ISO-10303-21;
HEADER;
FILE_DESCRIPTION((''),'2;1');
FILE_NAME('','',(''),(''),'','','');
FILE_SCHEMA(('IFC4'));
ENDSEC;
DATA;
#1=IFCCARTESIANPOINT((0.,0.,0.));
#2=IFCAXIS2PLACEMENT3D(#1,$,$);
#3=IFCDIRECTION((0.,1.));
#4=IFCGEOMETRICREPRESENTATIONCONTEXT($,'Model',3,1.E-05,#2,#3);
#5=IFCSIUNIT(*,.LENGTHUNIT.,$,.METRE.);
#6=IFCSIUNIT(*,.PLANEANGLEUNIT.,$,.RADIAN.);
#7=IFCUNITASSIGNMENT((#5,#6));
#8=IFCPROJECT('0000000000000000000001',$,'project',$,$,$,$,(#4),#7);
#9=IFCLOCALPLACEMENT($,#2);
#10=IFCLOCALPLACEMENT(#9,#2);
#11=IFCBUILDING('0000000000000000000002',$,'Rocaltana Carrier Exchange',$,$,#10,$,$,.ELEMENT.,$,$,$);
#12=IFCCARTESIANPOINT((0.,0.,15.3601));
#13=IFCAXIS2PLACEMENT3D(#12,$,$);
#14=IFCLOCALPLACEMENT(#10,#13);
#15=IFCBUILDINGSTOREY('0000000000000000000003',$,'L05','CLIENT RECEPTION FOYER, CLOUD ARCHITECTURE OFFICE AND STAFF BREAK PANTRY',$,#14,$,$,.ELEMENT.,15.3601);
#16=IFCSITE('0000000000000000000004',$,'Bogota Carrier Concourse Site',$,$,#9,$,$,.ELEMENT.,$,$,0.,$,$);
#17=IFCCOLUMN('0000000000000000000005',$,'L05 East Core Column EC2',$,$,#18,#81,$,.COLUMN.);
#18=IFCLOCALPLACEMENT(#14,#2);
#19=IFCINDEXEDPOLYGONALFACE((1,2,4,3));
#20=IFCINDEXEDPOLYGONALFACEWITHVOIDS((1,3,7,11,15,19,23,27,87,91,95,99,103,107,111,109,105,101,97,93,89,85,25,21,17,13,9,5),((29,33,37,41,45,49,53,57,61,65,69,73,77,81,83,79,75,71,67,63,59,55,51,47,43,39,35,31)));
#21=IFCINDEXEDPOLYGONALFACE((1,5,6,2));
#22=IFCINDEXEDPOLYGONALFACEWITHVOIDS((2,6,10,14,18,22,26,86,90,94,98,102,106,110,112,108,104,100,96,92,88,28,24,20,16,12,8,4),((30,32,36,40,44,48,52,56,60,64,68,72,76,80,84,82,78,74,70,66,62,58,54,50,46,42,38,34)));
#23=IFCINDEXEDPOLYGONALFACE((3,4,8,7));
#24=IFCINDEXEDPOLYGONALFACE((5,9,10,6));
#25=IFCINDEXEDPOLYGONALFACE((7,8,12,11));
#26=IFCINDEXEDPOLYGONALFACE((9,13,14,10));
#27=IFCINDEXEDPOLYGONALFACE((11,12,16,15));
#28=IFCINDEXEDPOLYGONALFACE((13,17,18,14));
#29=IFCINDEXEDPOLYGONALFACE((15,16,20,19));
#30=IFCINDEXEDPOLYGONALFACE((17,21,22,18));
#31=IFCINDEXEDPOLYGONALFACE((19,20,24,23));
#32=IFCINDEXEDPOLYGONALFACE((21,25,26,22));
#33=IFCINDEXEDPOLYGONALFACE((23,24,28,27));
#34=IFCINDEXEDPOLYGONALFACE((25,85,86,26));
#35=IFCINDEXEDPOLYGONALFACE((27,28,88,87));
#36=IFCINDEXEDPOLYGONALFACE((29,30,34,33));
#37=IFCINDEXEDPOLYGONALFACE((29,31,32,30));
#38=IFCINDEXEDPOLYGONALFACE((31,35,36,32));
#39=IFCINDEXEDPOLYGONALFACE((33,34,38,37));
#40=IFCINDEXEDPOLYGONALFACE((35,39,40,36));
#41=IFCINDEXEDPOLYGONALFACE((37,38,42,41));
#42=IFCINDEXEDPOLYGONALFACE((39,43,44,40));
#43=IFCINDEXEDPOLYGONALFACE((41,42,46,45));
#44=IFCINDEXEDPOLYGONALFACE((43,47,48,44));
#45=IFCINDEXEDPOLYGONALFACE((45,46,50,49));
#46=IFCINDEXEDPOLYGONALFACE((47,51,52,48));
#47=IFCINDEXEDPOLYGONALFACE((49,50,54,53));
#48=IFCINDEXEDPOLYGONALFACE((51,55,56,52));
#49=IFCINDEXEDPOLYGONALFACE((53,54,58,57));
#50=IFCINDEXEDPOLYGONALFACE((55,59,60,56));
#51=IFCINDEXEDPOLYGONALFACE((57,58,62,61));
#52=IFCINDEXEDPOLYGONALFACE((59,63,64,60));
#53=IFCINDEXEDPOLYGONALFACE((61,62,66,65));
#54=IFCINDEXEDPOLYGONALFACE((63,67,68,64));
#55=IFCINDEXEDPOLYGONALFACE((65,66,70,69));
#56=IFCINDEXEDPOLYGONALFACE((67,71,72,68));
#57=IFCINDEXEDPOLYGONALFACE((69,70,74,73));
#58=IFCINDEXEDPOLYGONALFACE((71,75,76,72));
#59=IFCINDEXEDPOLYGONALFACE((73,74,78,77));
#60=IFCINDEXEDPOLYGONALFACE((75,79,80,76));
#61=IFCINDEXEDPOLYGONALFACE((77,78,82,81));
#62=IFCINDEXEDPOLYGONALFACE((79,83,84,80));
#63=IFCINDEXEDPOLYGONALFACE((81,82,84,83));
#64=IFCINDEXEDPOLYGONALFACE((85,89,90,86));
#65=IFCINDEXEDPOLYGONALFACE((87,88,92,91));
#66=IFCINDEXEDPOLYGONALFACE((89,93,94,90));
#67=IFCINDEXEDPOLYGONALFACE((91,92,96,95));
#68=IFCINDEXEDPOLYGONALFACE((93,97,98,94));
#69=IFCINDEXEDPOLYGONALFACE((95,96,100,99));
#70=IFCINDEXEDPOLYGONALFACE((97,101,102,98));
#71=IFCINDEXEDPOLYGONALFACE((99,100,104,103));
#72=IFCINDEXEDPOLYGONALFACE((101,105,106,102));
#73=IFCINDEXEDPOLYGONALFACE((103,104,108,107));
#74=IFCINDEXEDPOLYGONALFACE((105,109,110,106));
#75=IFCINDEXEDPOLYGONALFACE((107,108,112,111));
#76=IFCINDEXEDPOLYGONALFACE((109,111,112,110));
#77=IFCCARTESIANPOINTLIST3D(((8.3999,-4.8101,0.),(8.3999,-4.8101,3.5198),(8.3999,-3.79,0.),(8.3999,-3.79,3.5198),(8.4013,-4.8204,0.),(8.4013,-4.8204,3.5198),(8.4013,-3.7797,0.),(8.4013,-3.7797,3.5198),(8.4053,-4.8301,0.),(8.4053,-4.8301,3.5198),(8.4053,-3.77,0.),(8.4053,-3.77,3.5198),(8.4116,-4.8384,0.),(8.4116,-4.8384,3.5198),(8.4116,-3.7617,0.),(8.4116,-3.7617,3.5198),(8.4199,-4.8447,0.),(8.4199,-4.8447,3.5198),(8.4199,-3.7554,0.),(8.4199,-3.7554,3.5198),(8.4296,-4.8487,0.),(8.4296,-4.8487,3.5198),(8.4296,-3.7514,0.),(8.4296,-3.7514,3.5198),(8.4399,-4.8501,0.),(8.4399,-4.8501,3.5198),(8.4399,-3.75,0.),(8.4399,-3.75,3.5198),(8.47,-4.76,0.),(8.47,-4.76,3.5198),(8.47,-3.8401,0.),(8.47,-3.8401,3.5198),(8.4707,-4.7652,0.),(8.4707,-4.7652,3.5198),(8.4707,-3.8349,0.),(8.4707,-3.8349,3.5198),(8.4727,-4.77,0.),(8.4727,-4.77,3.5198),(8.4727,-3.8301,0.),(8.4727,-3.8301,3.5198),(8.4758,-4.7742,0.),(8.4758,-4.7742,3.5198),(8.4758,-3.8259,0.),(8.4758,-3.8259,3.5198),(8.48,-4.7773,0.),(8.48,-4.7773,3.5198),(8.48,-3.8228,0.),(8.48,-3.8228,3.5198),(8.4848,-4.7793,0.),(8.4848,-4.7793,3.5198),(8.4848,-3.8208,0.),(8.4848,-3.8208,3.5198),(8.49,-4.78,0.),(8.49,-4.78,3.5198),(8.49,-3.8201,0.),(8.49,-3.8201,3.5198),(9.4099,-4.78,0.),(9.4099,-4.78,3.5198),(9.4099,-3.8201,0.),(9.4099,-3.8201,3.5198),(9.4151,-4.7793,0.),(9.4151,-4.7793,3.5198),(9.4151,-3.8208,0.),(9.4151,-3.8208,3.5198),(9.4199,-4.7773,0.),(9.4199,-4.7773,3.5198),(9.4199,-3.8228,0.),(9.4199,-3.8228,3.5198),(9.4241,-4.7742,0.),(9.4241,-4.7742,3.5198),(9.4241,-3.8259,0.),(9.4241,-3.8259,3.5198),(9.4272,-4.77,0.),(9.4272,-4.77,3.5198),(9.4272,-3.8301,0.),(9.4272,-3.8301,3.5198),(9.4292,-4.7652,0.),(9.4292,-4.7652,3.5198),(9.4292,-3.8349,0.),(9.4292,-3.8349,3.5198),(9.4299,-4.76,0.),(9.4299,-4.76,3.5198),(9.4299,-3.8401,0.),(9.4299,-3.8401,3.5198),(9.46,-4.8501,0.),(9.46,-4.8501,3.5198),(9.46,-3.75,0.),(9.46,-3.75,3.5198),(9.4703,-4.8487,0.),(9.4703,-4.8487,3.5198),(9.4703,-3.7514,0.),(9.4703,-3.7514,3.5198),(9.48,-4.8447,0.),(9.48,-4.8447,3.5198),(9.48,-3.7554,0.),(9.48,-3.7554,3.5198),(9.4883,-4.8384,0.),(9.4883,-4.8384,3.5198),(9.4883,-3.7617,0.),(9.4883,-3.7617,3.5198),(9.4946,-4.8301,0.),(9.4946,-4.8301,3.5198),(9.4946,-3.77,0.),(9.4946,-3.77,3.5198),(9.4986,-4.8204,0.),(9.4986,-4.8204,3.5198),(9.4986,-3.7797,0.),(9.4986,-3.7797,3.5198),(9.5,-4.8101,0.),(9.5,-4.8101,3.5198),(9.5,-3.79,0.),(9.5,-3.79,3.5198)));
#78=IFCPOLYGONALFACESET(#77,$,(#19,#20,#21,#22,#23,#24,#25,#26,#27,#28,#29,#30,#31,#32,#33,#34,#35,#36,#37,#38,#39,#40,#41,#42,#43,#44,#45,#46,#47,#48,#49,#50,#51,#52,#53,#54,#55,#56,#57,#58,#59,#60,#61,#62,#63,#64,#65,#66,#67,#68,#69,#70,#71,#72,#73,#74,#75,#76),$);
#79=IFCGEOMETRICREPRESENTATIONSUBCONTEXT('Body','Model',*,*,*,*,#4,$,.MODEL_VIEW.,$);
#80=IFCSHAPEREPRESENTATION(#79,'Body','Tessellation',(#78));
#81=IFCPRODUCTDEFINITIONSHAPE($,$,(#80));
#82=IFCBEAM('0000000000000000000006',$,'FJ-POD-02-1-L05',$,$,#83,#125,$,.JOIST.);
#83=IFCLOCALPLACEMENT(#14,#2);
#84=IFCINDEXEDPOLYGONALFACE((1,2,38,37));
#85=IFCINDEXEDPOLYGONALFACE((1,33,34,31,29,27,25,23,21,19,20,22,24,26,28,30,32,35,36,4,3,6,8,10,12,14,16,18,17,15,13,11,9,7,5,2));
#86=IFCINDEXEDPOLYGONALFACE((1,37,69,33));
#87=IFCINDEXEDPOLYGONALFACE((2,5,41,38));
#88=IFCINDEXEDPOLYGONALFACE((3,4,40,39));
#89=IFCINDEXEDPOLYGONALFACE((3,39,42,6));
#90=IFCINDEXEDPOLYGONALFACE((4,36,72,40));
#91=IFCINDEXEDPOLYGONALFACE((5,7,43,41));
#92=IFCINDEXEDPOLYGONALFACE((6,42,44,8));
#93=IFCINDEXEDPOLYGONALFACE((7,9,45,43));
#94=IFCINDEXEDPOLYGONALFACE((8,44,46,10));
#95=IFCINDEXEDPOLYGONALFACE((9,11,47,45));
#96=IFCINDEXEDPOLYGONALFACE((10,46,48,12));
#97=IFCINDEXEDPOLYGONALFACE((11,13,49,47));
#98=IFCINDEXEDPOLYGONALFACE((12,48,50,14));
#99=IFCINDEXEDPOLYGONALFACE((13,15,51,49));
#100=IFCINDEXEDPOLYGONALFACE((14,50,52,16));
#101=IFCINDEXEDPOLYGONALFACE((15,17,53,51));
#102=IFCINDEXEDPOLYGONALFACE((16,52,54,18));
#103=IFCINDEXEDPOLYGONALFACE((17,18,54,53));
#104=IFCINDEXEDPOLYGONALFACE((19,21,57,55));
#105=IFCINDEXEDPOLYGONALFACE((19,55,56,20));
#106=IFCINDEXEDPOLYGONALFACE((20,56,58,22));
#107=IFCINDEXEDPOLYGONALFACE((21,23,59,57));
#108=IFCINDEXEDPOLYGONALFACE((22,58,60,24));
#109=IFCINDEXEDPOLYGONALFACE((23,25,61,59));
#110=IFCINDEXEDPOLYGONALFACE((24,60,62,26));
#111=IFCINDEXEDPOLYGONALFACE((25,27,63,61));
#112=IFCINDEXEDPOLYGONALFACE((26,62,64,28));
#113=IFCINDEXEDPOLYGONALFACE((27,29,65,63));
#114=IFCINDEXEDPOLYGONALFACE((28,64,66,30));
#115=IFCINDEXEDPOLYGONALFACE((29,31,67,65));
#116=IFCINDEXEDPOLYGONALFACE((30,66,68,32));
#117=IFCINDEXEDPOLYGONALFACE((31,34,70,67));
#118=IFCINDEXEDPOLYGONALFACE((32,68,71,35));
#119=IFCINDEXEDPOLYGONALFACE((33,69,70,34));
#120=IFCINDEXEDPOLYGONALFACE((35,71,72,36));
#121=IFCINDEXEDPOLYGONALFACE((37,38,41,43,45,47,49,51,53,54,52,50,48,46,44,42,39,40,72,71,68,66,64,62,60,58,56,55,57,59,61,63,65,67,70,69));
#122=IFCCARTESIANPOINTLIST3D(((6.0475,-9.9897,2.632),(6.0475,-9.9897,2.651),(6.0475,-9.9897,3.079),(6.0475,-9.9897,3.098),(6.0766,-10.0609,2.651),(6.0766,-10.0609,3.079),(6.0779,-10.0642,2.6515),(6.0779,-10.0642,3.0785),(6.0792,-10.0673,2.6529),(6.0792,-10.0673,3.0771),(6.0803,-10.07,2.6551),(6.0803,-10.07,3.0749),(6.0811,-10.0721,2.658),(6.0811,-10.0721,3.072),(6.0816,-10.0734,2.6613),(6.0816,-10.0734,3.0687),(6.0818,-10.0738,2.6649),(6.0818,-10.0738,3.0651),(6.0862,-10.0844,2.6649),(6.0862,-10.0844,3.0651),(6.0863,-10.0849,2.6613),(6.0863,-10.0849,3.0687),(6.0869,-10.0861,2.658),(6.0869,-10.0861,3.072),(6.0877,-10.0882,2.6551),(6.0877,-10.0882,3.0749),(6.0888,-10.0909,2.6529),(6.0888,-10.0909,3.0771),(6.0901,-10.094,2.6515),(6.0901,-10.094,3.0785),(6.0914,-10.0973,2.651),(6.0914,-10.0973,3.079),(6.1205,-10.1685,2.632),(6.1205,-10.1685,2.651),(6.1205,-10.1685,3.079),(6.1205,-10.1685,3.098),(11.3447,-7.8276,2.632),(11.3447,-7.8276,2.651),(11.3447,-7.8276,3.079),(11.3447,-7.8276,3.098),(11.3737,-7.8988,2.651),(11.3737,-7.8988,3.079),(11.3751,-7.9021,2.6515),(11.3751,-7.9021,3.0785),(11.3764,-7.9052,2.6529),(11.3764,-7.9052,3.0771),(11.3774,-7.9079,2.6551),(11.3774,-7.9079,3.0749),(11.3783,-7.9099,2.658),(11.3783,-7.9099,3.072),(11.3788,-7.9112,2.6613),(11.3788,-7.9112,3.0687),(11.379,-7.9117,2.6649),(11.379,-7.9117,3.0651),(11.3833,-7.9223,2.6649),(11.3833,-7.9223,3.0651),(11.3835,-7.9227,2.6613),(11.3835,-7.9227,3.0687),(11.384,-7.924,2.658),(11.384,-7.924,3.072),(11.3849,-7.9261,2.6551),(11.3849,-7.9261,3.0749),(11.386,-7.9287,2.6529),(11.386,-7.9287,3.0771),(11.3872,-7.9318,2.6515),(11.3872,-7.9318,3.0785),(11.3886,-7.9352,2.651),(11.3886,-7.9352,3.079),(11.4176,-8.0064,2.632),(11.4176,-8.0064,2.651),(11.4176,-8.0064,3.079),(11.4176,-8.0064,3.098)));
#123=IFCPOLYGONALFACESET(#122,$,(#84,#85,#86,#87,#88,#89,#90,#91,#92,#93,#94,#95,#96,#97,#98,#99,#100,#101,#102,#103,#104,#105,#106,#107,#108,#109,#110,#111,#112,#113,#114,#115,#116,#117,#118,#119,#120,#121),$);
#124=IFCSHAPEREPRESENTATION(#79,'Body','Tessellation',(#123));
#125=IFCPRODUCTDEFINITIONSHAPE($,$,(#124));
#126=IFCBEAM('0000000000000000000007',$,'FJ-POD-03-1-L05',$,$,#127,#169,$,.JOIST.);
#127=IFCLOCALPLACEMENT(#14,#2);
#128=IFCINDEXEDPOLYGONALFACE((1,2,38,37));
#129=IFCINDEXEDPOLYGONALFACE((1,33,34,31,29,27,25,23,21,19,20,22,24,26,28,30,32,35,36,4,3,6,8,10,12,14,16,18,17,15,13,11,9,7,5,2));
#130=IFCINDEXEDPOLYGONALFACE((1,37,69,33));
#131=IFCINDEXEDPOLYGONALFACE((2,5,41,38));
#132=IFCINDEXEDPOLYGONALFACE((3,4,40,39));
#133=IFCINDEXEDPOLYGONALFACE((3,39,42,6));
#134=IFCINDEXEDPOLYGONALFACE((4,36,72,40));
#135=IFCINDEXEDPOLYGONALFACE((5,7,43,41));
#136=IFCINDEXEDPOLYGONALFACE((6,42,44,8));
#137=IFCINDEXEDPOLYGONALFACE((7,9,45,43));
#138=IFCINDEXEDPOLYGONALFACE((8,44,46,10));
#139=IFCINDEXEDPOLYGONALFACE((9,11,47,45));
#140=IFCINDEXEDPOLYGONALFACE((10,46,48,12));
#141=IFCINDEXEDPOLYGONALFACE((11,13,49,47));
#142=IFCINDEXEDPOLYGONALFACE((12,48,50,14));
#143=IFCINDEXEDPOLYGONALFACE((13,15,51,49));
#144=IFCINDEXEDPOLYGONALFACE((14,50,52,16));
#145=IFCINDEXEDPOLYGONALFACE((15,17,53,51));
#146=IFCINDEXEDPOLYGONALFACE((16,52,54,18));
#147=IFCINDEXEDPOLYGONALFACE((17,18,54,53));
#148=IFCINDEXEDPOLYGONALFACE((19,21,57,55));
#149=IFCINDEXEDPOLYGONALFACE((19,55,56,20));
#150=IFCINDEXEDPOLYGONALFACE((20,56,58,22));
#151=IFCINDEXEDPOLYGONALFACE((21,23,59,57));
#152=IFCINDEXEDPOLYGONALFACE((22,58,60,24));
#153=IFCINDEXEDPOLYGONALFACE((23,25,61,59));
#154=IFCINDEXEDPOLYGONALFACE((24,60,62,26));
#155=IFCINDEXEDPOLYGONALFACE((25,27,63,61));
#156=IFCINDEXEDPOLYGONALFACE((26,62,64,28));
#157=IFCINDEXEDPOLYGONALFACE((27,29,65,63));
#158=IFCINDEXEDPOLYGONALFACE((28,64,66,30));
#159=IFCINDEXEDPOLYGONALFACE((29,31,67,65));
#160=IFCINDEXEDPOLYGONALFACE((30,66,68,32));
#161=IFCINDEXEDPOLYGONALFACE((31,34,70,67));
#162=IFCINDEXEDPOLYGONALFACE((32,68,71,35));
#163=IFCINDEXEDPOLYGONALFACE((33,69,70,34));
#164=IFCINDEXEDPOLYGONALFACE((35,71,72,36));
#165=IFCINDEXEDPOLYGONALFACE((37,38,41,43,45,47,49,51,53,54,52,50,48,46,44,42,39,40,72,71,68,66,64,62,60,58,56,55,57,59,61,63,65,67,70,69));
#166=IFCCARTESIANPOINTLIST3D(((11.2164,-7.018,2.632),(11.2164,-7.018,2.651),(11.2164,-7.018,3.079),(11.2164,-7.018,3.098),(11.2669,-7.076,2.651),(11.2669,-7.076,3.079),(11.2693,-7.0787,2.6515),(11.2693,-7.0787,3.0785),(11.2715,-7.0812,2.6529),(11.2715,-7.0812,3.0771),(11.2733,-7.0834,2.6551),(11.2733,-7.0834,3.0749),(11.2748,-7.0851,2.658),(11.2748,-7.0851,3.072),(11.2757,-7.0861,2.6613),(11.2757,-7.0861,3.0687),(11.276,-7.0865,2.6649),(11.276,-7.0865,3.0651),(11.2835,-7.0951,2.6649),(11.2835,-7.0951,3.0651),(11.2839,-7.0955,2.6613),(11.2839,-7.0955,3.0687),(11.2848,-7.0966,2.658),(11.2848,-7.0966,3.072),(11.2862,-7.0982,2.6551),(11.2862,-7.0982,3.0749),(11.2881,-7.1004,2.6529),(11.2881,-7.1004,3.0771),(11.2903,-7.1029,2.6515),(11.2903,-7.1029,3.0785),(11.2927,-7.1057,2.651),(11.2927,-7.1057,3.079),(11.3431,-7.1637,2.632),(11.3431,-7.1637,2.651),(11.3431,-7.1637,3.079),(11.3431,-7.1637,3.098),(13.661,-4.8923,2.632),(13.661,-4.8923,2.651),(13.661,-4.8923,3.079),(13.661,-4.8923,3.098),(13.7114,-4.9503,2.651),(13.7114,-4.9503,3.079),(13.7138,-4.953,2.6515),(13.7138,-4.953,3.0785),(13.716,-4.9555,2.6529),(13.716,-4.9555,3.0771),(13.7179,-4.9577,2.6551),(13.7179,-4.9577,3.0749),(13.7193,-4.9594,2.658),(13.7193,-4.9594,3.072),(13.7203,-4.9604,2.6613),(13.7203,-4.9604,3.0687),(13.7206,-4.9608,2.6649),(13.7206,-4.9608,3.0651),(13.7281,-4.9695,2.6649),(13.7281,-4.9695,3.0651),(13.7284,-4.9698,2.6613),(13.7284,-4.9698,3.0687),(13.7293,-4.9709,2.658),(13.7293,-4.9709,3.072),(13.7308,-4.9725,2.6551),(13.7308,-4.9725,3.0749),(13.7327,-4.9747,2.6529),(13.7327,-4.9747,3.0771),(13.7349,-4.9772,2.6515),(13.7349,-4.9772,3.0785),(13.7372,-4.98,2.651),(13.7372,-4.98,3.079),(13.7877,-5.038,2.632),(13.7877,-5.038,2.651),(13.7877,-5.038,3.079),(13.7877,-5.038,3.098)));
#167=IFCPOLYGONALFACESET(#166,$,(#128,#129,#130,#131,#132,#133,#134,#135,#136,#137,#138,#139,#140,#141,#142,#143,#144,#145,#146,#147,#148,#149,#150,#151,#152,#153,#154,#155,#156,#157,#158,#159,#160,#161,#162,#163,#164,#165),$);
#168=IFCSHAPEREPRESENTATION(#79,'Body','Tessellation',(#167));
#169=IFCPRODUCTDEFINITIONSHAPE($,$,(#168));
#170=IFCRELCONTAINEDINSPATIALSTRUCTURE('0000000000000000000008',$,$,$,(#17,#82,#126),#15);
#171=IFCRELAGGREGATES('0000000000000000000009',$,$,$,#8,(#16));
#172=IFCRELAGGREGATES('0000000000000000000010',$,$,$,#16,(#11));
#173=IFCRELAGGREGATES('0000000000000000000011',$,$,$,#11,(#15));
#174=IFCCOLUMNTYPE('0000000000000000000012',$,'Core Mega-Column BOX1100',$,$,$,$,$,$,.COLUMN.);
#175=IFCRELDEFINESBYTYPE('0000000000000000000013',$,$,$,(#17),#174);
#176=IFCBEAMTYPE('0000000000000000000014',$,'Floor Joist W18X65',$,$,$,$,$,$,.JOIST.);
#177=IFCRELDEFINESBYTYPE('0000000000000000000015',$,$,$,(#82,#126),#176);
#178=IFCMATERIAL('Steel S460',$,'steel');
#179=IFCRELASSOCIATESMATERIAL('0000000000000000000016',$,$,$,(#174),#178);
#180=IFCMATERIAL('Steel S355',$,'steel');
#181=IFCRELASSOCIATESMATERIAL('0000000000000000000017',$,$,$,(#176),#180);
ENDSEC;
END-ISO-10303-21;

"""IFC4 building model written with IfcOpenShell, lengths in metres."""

from ifc_helpers import new_model, si_unit, direction, frame, origin, origin_2d, place, context, subcontext, project, spatial, hollow_rectangle, i_section, extrude, material, material_profile, profile_set, type_object, element, save


model = new_model("IFC4")

# Units and contexts
model_context = context("Model", 3, precision=1e-05, world=origin(), true_north=direction((0.0, 1.0)))
body_context = subcontext(model_context, "Body", "Model", "MODEL_VIEW")
ifc_project = project(units=[si_unit("LENGTHUNIT", "METRE"), si_unit("PLANEANGLEUNIT", "RADIAN")], contexts=[model_context])

# Site, building, storey
site_placement = place(None, origin())
site = spatial("IfcSite", under=ifc_project, at=site_placement, Name="Bogota Carrier Concourse Site", CompositionType="ELEMENT", RefElevation=0.0)
building_placement = place(site_placement, origin())
building = spatial("IfcBuilding", under=site, at=building_placement, Name="Rocaltana Carrier Exchange", CompositionType="ELEMENT")
storey_placement = place(building_placement, frame((0.0, 0.0, 15.3601)))
storey = spatial("IfcBuildingStorey", under=building, at=storey_placement, Name="L05", Description="CLIENT RECEPTION FOYER, CLOUD ARCHITECTURE OFFICE AND STAFF BREAK PANTRY", CompositionType="ELEMENT", Elevation=15.3601)

# Column
ifc_material_1 = material(Name="Steel S460", Category="steel")
ifc_material_profile_1 = material_profile(ifc_material_1, hollow_rectangle(XDim=1.1001, YDim=1.1001, WallThickness=0.0701, InnerFilletRadius=0.02, OuterFilletRadius=0.04, at=origin_2d()), Name="BOX1100X1100X70")
ifc_profile_set_1 = profile_set([ifc_material_profile_1], Name="Steel S460")
column_type = type_object("IfcColumnType", Name="Core Mega-Column BOX1100", PredefinedType="COLUMN", material=ifc_profile_set_1)
column_placement = place(storey_placement, frame((8.95, -4.3, 0.0), z_axis=(0.0, 0.0, 1.0), x_axis=(1.0, 0.0, 0.0)))
element("IfcColumn", 1, at=column_placement, inside=storey, type_object=column_type, Name="L05 East Core Column EC2", PredefinedType="COLUMN", context=body_context, shape_type="SweptSolid", body=[
    extrude(hollow_rectangle(XDim=1.1001, YDim=1.1001, WallThickness=0.0701, InnerFilletRadius=0.02, OuterFilletRadius=0.04, at=origin_2d()), origin(), (0.0, 0.0, 1.0), 3.5198),
])

# Beams
ifc_material_2 = material(Name="Steel S355", Category="steel")
ifc_material_profile_2 = material_profile(ifc_material_2, i_section(OverallWidth=0.1931, OverallDepth=0.4661, WebThickness=0.0115, FlangeThickness=0.019, FilletRadius=0.0139, at=origin_2d()), Name="W18X65")
ifc_profile_set_2 = profile_set([ifc_material_profile_2], Name="Steel S355")
beam_type_1 = type_object("IfcBeamType", Name="Floor Joist W18X65", PredefinedType="JOIST", material=ifc_profile_set_2)
beam_1_placement = place(storey_placement, frame((6.084, -10.0791, 2.865), z_axis=(0.925846, 0.3779, 0.0), x_axis=(-0.3779, 0.925846, 0.0)))
element("IfcBeam", 2, at=beam_1_placement, inside=storey, type_object=beam_type_1, Name="FJ-POD-02-1-L05", PredefinedType="JOIST", context=body_context, shape_type="SweptSolid", body=[
    extrude(i_section(OverallWidth=0.1931, OverallDepth=0.4661, WebThickness=0.0115, FlangeThickness=0.019, FilletRadius=0.0139, at=origin_2d()), origin(), (0.0, 0.0, 1.0), 5.7214),
])
beam_2_placement = place(storey_placement, frame((11.2798, -7.0908, 2.865), z_axis=(0.754604, 0.656181, 0.0), x_axis=(-0.656181, 0.754604, 0.0)))
element("IfcBeam", 3, at=beam_2_placement, inside=storey, type_object=beam_type_1, Name="FJ-POD-03-1-L05", PredefinedType="JOIST", context=body_context, shape_type="SweptSolid", body=[
    extrude(i_section(OverallWidth=0.1931, OverallDepth=0.4661, WebThickness=0.0115, FlangeThickness=0.019, FilletRadius=0.0139, at=origin_2d()), origin(), (0.0, 0.0, 1.0), 3.2395),
])

save(model, "model.ifc")
